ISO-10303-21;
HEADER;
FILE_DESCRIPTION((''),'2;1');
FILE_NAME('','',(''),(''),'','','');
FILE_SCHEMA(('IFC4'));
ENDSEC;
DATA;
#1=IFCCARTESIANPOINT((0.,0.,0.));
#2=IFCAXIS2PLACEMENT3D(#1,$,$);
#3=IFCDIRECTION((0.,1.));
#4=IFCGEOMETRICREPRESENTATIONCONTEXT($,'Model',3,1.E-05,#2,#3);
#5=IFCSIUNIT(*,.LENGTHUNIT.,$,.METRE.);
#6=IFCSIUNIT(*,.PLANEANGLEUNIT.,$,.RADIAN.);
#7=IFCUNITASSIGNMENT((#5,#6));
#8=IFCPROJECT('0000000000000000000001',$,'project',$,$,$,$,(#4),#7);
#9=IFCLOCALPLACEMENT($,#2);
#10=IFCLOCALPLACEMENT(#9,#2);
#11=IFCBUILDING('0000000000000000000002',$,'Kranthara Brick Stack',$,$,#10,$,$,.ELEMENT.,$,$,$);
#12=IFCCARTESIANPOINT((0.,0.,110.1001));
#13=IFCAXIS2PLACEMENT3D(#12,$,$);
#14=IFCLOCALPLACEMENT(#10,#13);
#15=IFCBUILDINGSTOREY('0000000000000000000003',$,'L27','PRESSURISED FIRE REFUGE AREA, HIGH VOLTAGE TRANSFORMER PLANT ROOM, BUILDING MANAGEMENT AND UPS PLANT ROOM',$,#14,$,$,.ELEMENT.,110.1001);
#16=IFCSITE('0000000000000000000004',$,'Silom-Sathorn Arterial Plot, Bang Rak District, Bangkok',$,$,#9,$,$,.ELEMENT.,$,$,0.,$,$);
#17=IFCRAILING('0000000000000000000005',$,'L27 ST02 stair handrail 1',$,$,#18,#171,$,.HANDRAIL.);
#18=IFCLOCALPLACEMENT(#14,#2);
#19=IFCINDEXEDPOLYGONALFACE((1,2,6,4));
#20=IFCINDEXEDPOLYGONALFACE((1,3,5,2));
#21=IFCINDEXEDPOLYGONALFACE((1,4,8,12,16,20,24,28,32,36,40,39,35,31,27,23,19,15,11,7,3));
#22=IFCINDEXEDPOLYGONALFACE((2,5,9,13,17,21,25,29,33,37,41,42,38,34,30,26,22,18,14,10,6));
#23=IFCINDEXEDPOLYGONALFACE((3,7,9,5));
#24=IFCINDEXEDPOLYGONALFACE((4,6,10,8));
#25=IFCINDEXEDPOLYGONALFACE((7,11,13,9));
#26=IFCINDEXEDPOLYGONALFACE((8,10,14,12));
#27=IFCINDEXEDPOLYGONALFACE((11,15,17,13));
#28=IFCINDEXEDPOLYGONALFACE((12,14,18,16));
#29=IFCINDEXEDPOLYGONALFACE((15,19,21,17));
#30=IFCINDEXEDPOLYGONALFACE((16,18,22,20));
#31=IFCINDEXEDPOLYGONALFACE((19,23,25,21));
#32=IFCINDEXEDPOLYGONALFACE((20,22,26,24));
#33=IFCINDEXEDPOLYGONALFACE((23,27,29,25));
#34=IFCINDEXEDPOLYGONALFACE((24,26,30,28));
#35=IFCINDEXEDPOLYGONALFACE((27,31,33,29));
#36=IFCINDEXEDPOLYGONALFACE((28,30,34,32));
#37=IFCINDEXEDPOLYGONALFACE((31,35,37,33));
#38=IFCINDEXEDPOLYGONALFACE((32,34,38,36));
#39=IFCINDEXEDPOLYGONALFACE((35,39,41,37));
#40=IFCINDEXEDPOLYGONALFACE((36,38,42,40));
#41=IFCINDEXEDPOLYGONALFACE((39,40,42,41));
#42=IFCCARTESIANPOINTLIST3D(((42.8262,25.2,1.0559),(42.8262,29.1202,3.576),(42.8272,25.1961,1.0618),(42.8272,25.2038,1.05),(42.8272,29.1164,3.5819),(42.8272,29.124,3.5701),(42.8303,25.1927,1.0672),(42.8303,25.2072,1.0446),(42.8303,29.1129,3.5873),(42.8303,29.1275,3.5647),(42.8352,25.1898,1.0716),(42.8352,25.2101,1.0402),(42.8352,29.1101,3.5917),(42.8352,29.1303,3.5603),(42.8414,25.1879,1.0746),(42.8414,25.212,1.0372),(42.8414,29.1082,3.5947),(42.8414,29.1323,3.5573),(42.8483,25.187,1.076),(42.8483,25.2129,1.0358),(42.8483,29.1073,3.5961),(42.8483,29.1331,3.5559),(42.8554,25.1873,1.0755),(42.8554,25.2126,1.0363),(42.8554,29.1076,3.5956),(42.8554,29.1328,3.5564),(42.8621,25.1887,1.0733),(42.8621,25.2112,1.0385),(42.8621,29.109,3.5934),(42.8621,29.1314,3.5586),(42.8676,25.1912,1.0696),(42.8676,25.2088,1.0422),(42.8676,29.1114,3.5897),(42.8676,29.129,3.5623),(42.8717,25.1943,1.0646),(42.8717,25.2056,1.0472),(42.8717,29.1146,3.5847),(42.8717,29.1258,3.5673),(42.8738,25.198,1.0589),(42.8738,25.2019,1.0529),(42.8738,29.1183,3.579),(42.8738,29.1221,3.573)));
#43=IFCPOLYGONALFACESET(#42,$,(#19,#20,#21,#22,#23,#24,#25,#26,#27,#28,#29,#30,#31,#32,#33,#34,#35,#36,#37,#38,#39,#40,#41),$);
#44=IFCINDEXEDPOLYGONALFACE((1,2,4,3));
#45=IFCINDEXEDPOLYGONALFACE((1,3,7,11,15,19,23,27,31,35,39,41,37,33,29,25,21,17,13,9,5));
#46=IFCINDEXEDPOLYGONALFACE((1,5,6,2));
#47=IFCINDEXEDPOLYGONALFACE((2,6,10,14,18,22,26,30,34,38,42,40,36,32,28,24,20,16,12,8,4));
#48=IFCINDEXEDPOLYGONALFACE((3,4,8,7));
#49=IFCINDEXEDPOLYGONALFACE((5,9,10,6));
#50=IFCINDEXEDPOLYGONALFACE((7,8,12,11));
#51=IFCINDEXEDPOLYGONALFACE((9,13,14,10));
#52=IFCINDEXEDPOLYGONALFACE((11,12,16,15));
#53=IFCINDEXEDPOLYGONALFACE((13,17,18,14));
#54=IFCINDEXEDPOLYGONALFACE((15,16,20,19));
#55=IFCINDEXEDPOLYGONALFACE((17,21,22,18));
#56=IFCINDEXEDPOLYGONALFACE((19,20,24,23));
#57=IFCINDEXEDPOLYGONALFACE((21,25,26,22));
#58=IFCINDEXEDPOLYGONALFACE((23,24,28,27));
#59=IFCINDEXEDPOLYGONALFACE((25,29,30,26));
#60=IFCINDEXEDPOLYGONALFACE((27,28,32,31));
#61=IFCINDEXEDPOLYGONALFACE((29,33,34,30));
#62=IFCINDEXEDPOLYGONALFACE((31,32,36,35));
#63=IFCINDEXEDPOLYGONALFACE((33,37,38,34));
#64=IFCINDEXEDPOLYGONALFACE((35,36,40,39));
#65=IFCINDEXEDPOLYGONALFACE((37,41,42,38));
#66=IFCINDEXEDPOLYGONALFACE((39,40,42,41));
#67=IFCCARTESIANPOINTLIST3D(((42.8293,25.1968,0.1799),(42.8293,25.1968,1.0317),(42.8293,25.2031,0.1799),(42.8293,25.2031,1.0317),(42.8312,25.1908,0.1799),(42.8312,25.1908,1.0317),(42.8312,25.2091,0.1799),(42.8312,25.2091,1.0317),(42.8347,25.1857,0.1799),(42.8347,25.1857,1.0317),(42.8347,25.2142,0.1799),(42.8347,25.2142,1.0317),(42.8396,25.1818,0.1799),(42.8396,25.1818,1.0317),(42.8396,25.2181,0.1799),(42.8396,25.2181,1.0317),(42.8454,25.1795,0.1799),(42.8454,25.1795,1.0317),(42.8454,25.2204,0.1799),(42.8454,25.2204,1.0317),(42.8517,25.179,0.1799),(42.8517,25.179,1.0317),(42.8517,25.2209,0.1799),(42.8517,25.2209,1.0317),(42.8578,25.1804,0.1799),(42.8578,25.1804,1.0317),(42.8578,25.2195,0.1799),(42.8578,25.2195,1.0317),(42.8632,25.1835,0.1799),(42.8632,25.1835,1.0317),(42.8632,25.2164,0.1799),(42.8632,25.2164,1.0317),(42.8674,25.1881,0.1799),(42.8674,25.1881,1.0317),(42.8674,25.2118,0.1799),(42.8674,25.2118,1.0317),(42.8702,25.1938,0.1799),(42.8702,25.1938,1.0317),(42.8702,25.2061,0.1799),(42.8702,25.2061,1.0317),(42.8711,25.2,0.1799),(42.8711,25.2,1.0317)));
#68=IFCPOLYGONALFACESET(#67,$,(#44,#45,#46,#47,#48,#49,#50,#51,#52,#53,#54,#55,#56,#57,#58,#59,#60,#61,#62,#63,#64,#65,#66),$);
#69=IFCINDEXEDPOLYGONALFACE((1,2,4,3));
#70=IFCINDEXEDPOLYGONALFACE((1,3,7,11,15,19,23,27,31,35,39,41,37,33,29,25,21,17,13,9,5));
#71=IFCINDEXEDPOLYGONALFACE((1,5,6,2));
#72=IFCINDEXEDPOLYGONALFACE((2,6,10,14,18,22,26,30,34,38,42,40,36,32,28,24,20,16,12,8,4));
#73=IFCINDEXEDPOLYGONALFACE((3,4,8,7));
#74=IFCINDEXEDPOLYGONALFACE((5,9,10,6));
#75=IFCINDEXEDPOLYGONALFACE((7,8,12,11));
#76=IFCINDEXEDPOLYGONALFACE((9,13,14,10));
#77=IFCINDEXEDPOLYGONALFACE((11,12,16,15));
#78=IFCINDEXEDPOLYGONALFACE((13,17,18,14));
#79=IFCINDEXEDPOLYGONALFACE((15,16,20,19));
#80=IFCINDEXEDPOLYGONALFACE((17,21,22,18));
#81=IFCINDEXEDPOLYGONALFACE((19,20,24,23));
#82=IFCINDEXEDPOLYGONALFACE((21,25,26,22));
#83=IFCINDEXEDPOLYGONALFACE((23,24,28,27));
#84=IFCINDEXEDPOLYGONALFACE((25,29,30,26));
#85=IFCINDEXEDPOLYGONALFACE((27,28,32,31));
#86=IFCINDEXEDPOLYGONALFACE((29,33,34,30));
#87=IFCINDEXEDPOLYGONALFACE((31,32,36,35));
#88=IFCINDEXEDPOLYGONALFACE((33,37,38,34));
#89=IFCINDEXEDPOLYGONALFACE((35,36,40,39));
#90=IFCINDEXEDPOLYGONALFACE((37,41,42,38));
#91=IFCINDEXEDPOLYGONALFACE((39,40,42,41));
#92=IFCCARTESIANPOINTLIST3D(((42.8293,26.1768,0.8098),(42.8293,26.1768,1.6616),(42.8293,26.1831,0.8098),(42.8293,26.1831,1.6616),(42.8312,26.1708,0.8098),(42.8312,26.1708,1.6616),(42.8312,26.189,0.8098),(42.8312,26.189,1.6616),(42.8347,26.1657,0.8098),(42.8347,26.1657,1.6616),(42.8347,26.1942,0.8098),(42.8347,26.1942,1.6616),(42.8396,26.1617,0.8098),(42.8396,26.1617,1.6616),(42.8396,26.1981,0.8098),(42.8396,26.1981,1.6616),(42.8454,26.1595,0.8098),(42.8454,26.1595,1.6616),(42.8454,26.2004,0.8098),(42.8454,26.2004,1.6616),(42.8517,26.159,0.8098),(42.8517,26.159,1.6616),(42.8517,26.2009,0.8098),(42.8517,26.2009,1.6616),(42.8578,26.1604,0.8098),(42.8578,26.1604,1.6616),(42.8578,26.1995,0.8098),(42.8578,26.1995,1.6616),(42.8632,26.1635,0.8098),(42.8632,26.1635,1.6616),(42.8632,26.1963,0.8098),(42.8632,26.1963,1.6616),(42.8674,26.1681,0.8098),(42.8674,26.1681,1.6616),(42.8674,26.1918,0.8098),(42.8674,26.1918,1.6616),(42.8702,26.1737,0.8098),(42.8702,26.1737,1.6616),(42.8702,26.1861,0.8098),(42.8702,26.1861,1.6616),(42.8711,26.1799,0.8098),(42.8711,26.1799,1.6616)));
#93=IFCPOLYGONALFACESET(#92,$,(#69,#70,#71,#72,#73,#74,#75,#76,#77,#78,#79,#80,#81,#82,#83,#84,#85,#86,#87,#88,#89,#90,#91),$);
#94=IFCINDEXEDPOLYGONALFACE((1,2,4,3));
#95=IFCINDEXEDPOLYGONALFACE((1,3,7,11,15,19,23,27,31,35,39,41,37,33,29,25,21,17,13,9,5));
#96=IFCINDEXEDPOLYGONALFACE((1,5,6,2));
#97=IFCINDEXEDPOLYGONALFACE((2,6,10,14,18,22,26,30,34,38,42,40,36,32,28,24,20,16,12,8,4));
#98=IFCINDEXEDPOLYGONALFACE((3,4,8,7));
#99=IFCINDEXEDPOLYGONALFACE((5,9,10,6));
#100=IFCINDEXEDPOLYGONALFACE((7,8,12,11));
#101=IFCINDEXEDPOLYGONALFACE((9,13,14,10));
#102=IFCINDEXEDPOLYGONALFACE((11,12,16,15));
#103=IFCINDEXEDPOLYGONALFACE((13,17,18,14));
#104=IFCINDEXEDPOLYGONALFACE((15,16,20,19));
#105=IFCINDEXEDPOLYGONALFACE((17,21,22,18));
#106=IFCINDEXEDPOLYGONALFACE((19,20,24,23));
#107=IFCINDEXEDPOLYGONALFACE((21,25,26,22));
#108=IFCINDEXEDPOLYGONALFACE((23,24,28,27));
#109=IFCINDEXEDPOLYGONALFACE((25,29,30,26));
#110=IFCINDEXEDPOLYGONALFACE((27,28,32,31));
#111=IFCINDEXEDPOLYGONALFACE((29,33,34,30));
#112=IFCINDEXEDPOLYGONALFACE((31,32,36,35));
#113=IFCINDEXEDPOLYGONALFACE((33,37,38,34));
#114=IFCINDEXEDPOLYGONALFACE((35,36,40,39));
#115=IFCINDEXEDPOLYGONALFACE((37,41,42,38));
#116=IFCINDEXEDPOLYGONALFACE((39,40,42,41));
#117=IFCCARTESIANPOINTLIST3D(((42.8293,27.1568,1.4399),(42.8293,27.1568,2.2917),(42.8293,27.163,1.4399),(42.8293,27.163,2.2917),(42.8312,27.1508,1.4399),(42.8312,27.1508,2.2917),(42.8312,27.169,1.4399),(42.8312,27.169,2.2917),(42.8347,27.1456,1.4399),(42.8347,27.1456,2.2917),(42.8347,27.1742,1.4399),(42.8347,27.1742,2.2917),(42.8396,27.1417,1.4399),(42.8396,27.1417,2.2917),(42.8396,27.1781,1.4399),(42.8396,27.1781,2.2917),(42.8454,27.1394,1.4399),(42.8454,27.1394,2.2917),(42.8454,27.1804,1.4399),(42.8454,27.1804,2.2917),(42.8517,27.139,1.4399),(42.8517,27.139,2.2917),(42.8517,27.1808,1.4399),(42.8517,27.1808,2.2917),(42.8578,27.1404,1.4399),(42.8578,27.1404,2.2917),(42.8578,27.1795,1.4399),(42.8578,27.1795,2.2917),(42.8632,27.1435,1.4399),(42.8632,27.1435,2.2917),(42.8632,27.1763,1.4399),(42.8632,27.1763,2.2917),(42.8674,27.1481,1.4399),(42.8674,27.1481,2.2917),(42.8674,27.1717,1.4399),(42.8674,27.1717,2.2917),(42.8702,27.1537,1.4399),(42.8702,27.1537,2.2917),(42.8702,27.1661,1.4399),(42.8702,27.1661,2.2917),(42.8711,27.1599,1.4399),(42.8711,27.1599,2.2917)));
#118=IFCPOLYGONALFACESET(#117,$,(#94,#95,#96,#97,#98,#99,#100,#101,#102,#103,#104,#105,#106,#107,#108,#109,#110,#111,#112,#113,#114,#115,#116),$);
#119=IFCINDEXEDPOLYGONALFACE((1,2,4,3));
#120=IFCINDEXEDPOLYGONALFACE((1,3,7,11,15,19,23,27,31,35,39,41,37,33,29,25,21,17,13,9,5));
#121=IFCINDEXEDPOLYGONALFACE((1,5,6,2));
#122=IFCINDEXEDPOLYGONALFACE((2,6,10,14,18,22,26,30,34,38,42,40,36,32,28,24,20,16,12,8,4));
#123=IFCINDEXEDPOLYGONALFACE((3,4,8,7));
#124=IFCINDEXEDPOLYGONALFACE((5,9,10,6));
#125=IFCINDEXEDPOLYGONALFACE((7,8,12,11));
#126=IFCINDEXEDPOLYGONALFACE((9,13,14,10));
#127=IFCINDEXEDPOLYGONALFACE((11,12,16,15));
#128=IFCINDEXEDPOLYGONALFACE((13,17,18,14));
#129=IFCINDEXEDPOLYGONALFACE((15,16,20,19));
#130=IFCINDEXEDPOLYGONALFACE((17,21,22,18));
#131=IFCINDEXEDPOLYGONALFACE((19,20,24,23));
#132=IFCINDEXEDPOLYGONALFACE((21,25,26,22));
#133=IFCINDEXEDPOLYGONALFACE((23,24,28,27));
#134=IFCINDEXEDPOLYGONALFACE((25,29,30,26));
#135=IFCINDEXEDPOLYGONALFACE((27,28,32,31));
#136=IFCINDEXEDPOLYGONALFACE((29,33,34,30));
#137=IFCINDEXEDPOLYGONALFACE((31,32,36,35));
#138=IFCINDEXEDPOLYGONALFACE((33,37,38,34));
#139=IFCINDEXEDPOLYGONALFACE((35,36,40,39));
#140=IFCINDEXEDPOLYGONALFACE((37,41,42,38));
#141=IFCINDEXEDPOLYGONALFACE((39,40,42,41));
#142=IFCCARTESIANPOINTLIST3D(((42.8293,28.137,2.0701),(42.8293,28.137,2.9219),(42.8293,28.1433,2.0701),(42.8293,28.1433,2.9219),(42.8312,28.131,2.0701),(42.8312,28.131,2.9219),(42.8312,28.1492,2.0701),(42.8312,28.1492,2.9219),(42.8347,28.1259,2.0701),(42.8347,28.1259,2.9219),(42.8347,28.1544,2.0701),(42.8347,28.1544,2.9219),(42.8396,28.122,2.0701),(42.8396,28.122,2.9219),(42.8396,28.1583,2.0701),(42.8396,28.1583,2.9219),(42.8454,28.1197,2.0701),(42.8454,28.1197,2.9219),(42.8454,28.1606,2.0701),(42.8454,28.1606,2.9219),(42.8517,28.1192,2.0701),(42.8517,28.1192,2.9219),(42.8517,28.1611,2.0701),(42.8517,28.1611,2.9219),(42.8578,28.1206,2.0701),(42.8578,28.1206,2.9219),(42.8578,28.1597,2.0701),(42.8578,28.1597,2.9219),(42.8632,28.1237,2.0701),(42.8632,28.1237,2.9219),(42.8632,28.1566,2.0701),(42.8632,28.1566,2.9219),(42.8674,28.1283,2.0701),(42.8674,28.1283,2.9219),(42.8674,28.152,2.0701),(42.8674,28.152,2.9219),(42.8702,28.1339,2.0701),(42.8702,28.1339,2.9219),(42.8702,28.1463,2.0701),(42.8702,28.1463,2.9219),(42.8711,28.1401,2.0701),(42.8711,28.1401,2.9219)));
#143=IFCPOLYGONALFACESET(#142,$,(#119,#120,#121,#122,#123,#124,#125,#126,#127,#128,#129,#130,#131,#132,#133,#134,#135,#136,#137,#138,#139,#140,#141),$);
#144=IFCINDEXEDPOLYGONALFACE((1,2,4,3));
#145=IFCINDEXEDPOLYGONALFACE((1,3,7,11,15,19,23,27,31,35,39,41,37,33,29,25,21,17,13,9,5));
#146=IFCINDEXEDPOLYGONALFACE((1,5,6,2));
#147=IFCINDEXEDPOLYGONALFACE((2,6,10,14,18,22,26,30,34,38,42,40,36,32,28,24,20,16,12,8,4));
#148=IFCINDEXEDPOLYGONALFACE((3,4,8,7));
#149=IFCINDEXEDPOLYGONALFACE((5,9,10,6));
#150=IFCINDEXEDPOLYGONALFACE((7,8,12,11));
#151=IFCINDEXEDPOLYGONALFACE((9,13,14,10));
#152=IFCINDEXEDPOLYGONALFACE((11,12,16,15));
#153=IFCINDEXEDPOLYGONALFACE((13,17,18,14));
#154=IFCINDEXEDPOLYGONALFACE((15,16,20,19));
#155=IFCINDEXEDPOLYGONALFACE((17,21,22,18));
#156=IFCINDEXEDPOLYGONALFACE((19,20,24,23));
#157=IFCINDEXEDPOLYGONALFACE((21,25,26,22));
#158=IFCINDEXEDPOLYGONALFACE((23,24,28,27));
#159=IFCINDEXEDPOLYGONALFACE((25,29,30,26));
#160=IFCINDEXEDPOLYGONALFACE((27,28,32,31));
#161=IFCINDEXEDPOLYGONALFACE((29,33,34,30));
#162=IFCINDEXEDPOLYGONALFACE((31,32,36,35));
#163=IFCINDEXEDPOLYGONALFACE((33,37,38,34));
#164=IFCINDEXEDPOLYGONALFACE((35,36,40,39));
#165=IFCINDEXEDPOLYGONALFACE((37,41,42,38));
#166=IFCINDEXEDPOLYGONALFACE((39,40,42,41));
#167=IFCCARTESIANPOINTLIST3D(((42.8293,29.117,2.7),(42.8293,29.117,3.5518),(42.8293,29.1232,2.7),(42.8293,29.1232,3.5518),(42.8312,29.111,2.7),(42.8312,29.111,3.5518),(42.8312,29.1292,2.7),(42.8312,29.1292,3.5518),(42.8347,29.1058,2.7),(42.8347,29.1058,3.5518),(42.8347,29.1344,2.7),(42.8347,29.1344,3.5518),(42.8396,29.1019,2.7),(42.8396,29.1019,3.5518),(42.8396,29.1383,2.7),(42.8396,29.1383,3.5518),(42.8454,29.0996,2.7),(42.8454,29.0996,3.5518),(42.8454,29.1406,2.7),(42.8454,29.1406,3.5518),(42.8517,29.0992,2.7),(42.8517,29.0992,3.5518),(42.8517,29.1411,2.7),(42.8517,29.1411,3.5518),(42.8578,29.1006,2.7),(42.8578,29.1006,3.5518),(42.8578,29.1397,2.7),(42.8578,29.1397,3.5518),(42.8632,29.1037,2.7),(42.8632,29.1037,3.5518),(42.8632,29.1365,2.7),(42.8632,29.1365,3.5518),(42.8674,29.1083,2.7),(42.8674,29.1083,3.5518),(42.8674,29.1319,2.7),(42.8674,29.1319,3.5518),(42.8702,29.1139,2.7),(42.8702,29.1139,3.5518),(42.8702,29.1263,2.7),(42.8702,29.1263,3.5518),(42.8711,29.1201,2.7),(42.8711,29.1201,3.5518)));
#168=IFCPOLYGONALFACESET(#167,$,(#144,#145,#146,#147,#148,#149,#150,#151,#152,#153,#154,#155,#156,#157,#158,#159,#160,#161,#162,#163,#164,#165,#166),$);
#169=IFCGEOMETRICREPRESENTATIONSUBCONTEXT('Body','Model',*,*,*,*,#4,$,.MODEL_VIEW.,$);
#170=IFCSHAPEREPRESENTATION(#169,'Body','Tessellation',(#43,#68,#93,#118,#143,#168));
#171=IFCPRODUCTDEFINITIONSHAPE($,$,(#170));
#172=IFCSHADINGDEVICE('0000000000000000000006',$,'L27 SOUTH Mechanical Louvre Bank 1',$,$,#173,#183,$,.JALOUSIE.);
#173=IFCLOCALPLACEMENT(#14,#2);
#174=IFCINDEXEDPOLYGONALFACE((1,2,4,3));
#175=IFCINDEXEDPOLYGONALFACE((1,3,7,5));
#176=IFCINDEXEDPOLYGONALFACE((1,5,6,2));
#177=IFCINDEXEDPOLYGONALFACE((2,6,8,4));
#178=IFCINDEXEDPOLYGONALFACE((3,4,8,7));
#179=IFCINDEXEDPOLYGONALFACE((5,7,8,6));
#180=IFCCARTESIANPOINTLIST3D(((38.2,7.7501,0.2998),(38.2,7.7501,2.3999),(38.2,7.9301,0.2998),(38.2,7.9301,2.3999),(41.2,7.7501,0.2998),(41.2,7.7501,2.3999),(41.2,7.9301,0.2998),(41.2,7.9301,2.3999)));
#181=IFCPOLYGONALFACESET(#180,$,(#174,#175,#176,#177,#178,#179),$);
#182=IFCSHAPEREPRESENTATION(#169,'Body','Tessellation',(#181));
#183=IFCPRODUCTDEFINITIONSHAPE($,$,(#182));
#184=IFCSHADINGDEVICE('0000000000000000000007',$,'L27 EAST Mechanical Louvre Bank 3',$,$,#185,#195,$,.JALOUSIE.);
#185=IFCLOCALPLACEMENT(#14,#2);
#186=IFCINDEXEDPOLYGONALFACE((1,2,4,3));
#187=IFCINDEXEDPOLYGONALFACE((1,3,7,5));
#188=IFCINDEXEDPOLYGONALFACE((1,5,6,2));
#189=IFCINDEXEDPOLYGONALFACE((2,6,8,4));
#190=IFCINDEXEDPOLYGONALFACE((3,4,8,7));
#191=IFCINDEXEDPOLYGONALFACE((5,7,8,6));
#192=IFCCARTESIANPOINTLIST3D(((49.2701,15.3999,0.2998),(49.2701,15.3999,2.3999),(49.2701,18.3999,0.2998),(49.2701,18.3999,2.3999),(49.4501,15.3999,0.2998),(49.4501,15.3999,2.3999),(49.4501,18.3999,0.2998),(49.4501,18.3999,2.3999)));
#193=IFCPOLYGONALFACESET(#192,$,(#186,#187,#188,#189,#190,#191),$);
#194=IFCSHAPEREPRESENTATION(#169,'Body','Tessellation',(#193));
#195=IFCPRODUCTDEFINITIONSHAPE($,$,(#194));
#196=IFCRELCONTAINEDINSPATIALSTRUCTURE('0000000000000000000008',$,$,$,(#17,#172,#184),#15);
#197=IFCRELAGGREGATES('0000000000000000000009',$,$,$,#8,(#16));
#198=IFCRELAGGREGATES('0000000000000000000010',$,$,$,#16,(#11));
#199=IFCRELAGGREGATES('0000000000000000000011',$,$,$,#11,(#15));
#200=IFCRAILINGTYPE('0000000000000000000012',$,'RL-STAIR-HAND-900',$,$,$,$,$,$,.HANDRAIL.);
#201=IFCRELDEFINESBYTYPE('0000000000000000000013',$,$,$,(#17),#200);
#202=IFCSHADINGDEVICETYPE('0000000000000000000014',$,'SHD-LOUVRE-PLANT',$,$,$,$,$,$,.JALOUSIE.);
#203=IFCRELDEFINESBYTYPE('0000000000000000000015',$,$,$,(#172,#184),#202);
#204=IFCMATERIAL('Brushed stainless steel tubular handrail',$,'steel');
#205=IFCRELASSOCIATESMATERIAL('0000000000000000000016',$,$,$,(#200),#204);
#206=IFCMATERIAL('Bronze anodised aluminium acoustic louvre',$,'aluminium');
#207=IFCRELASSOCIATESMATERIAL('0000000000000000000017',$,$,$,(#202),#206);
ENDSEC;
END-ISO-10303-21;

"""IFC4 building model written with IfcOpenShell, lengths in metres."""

from ifc_helpers import new_model, si_unit, direction, frame, origin, origin_2d, place, context, subcontext, project, spatial, rectangle, circle, extrude, material, type_object, element, save


model = new_model("IFC4")

# Units and contexts
model_context = context("Model", 3, precision=1e-05, world=origin(), true_north=direction((0.0, 1.0)))
body_context = subcontext(model_context, "Body", "Model", "MODEL_VIEW")
ifc_project = project(units=[si_unit("LENGTHUNIT", "METRE"), si_unit("PLANEANGLEUNIT", "RADIAN")], contexts=[model_context])

# Site, building, storey
site_placement = place(None, origin())
site = spatial("IfcSite", under=ifc_project, at=site_placement, Name="Silom-Sathorn Arterial Plot, Bang Rak District, Bangkok", CompositionType="ELEMENT", RefElevation=0.0)
building_placement = place(site_placement, origin())
building = spatial("IfcBuilding", under=site, at=building_placement, Name="Kranthara Brick Stack", CompositionType="ELEMENT")
storey_placement = place(building_placement, frame((0.0, 0.0, 110.1001)))
storey = spatial("IfcBuildingStorey", under=building, at=storey_placement, Name="L27", Description="PRESSURISED FIRE REFUGE AREA, HIGH VOLTAGE TRANSFORMER PLANT ROOM, BUILDING MANAGEMENT AND UPS PLANT ROOM", CompositionType="ELEMENT", Elevation=110.1001)

# Railing
ifc_material_1 = material(Name="Brushed stainless steel tubular handrail", Category="steel")
railing_type_1 = type_object("IfcRailingType", Name="RL-STAIR-HAND-900", PredefinedType="HANDRAIL", material=ifc_material_1)
railing_1_placement = place(storey_placement, frame((42.8501, 25.2, 0.1799)))
element("IfcRailing", 1, at=railing_1_placement, inside=storey, type_object=railing_type_1, Name="L27 ST02 stair handrail 1", PredefinedType="HANDRAIL", context=body_context, shape_type="SweptSolid", body=[
    extrude(circle(Radius=0.0239, at=origin_2d()), frame((0.0, 0.0, 0.876), z_axis=(0.0, 0.841187, 0.540744), x_axis=(-1.0, 0.0, 0.0)), (0.0, 0.0, 1.0), 4.6604),
    extrude(circle(Radius=0.021, at=origin_2d()), origin(), (0.0, 0.0, 1.0), 0.8518),
    extrude(circle(Radius=0.021, at=origin_2d()), frame((0.0, 0.98, 0.6299)), (0.0, 0.0, 1.0), 0.8518),
    extrude(circle(Radius=0.021, at=origin_2d()), frame((0.0, 1.96, 1.26)), (0.0, 0.0, 1.0), 0.8518),
    extrude(circle(Radius=0.021, at=origin_2d()), frame((0.0, 2.9402, 1.8901)), (0.0, 0.0, 1.0), 0.8518),
    extrude(circle(Radius=0.021, at=origin_2d()), frame((0.0, 3.9202, 2.52)), (0.0, 0.0, 1.0), 0.8518),
])

# Shading devices
ifc_material_2 = material(Name="Bronze anodised aluminium acoustic louvre", Category="aluminium")
shading_device_type = type_object("IfcShadingDeviceType", Name="SHD-LOUVRE-PLANT", PredefinedType="JALOUSIE", material=ifc_material_2)
for number, where, z_axis, x_axis, name in (
    (2, (39.7, 7.8401, 0.2998), (0.0, 0.0, 1.0), (-1.0, 0.0, 0.0), "L27 SOUTH Mechanical Louvre Bank 1"),
    (3, (49.3601, 16.8999, 0.2998), (0.0, 0.0, 1.0), (0.0, -1.0, 0.0), "L27 EAST Mechanical Louvre Bank 3"),
):
    element("IfcShadingDevice", number, at=place(storey_placement, frame(where, z_axis=z_axis, x_axis=x_axis)), inside=storey, type_object=shading_device_type, Name=name, PredefinedType="JALOUSIE", context=body_context, shape_type="SweptSolid", body=[
        extrude(rectangle(XDim=3.0, YDim=0.1799, at=origin_2d()), origin(), (0.0, 0.0, 1.0), 2.1001),
    ])

save(model, "model.ifc")
